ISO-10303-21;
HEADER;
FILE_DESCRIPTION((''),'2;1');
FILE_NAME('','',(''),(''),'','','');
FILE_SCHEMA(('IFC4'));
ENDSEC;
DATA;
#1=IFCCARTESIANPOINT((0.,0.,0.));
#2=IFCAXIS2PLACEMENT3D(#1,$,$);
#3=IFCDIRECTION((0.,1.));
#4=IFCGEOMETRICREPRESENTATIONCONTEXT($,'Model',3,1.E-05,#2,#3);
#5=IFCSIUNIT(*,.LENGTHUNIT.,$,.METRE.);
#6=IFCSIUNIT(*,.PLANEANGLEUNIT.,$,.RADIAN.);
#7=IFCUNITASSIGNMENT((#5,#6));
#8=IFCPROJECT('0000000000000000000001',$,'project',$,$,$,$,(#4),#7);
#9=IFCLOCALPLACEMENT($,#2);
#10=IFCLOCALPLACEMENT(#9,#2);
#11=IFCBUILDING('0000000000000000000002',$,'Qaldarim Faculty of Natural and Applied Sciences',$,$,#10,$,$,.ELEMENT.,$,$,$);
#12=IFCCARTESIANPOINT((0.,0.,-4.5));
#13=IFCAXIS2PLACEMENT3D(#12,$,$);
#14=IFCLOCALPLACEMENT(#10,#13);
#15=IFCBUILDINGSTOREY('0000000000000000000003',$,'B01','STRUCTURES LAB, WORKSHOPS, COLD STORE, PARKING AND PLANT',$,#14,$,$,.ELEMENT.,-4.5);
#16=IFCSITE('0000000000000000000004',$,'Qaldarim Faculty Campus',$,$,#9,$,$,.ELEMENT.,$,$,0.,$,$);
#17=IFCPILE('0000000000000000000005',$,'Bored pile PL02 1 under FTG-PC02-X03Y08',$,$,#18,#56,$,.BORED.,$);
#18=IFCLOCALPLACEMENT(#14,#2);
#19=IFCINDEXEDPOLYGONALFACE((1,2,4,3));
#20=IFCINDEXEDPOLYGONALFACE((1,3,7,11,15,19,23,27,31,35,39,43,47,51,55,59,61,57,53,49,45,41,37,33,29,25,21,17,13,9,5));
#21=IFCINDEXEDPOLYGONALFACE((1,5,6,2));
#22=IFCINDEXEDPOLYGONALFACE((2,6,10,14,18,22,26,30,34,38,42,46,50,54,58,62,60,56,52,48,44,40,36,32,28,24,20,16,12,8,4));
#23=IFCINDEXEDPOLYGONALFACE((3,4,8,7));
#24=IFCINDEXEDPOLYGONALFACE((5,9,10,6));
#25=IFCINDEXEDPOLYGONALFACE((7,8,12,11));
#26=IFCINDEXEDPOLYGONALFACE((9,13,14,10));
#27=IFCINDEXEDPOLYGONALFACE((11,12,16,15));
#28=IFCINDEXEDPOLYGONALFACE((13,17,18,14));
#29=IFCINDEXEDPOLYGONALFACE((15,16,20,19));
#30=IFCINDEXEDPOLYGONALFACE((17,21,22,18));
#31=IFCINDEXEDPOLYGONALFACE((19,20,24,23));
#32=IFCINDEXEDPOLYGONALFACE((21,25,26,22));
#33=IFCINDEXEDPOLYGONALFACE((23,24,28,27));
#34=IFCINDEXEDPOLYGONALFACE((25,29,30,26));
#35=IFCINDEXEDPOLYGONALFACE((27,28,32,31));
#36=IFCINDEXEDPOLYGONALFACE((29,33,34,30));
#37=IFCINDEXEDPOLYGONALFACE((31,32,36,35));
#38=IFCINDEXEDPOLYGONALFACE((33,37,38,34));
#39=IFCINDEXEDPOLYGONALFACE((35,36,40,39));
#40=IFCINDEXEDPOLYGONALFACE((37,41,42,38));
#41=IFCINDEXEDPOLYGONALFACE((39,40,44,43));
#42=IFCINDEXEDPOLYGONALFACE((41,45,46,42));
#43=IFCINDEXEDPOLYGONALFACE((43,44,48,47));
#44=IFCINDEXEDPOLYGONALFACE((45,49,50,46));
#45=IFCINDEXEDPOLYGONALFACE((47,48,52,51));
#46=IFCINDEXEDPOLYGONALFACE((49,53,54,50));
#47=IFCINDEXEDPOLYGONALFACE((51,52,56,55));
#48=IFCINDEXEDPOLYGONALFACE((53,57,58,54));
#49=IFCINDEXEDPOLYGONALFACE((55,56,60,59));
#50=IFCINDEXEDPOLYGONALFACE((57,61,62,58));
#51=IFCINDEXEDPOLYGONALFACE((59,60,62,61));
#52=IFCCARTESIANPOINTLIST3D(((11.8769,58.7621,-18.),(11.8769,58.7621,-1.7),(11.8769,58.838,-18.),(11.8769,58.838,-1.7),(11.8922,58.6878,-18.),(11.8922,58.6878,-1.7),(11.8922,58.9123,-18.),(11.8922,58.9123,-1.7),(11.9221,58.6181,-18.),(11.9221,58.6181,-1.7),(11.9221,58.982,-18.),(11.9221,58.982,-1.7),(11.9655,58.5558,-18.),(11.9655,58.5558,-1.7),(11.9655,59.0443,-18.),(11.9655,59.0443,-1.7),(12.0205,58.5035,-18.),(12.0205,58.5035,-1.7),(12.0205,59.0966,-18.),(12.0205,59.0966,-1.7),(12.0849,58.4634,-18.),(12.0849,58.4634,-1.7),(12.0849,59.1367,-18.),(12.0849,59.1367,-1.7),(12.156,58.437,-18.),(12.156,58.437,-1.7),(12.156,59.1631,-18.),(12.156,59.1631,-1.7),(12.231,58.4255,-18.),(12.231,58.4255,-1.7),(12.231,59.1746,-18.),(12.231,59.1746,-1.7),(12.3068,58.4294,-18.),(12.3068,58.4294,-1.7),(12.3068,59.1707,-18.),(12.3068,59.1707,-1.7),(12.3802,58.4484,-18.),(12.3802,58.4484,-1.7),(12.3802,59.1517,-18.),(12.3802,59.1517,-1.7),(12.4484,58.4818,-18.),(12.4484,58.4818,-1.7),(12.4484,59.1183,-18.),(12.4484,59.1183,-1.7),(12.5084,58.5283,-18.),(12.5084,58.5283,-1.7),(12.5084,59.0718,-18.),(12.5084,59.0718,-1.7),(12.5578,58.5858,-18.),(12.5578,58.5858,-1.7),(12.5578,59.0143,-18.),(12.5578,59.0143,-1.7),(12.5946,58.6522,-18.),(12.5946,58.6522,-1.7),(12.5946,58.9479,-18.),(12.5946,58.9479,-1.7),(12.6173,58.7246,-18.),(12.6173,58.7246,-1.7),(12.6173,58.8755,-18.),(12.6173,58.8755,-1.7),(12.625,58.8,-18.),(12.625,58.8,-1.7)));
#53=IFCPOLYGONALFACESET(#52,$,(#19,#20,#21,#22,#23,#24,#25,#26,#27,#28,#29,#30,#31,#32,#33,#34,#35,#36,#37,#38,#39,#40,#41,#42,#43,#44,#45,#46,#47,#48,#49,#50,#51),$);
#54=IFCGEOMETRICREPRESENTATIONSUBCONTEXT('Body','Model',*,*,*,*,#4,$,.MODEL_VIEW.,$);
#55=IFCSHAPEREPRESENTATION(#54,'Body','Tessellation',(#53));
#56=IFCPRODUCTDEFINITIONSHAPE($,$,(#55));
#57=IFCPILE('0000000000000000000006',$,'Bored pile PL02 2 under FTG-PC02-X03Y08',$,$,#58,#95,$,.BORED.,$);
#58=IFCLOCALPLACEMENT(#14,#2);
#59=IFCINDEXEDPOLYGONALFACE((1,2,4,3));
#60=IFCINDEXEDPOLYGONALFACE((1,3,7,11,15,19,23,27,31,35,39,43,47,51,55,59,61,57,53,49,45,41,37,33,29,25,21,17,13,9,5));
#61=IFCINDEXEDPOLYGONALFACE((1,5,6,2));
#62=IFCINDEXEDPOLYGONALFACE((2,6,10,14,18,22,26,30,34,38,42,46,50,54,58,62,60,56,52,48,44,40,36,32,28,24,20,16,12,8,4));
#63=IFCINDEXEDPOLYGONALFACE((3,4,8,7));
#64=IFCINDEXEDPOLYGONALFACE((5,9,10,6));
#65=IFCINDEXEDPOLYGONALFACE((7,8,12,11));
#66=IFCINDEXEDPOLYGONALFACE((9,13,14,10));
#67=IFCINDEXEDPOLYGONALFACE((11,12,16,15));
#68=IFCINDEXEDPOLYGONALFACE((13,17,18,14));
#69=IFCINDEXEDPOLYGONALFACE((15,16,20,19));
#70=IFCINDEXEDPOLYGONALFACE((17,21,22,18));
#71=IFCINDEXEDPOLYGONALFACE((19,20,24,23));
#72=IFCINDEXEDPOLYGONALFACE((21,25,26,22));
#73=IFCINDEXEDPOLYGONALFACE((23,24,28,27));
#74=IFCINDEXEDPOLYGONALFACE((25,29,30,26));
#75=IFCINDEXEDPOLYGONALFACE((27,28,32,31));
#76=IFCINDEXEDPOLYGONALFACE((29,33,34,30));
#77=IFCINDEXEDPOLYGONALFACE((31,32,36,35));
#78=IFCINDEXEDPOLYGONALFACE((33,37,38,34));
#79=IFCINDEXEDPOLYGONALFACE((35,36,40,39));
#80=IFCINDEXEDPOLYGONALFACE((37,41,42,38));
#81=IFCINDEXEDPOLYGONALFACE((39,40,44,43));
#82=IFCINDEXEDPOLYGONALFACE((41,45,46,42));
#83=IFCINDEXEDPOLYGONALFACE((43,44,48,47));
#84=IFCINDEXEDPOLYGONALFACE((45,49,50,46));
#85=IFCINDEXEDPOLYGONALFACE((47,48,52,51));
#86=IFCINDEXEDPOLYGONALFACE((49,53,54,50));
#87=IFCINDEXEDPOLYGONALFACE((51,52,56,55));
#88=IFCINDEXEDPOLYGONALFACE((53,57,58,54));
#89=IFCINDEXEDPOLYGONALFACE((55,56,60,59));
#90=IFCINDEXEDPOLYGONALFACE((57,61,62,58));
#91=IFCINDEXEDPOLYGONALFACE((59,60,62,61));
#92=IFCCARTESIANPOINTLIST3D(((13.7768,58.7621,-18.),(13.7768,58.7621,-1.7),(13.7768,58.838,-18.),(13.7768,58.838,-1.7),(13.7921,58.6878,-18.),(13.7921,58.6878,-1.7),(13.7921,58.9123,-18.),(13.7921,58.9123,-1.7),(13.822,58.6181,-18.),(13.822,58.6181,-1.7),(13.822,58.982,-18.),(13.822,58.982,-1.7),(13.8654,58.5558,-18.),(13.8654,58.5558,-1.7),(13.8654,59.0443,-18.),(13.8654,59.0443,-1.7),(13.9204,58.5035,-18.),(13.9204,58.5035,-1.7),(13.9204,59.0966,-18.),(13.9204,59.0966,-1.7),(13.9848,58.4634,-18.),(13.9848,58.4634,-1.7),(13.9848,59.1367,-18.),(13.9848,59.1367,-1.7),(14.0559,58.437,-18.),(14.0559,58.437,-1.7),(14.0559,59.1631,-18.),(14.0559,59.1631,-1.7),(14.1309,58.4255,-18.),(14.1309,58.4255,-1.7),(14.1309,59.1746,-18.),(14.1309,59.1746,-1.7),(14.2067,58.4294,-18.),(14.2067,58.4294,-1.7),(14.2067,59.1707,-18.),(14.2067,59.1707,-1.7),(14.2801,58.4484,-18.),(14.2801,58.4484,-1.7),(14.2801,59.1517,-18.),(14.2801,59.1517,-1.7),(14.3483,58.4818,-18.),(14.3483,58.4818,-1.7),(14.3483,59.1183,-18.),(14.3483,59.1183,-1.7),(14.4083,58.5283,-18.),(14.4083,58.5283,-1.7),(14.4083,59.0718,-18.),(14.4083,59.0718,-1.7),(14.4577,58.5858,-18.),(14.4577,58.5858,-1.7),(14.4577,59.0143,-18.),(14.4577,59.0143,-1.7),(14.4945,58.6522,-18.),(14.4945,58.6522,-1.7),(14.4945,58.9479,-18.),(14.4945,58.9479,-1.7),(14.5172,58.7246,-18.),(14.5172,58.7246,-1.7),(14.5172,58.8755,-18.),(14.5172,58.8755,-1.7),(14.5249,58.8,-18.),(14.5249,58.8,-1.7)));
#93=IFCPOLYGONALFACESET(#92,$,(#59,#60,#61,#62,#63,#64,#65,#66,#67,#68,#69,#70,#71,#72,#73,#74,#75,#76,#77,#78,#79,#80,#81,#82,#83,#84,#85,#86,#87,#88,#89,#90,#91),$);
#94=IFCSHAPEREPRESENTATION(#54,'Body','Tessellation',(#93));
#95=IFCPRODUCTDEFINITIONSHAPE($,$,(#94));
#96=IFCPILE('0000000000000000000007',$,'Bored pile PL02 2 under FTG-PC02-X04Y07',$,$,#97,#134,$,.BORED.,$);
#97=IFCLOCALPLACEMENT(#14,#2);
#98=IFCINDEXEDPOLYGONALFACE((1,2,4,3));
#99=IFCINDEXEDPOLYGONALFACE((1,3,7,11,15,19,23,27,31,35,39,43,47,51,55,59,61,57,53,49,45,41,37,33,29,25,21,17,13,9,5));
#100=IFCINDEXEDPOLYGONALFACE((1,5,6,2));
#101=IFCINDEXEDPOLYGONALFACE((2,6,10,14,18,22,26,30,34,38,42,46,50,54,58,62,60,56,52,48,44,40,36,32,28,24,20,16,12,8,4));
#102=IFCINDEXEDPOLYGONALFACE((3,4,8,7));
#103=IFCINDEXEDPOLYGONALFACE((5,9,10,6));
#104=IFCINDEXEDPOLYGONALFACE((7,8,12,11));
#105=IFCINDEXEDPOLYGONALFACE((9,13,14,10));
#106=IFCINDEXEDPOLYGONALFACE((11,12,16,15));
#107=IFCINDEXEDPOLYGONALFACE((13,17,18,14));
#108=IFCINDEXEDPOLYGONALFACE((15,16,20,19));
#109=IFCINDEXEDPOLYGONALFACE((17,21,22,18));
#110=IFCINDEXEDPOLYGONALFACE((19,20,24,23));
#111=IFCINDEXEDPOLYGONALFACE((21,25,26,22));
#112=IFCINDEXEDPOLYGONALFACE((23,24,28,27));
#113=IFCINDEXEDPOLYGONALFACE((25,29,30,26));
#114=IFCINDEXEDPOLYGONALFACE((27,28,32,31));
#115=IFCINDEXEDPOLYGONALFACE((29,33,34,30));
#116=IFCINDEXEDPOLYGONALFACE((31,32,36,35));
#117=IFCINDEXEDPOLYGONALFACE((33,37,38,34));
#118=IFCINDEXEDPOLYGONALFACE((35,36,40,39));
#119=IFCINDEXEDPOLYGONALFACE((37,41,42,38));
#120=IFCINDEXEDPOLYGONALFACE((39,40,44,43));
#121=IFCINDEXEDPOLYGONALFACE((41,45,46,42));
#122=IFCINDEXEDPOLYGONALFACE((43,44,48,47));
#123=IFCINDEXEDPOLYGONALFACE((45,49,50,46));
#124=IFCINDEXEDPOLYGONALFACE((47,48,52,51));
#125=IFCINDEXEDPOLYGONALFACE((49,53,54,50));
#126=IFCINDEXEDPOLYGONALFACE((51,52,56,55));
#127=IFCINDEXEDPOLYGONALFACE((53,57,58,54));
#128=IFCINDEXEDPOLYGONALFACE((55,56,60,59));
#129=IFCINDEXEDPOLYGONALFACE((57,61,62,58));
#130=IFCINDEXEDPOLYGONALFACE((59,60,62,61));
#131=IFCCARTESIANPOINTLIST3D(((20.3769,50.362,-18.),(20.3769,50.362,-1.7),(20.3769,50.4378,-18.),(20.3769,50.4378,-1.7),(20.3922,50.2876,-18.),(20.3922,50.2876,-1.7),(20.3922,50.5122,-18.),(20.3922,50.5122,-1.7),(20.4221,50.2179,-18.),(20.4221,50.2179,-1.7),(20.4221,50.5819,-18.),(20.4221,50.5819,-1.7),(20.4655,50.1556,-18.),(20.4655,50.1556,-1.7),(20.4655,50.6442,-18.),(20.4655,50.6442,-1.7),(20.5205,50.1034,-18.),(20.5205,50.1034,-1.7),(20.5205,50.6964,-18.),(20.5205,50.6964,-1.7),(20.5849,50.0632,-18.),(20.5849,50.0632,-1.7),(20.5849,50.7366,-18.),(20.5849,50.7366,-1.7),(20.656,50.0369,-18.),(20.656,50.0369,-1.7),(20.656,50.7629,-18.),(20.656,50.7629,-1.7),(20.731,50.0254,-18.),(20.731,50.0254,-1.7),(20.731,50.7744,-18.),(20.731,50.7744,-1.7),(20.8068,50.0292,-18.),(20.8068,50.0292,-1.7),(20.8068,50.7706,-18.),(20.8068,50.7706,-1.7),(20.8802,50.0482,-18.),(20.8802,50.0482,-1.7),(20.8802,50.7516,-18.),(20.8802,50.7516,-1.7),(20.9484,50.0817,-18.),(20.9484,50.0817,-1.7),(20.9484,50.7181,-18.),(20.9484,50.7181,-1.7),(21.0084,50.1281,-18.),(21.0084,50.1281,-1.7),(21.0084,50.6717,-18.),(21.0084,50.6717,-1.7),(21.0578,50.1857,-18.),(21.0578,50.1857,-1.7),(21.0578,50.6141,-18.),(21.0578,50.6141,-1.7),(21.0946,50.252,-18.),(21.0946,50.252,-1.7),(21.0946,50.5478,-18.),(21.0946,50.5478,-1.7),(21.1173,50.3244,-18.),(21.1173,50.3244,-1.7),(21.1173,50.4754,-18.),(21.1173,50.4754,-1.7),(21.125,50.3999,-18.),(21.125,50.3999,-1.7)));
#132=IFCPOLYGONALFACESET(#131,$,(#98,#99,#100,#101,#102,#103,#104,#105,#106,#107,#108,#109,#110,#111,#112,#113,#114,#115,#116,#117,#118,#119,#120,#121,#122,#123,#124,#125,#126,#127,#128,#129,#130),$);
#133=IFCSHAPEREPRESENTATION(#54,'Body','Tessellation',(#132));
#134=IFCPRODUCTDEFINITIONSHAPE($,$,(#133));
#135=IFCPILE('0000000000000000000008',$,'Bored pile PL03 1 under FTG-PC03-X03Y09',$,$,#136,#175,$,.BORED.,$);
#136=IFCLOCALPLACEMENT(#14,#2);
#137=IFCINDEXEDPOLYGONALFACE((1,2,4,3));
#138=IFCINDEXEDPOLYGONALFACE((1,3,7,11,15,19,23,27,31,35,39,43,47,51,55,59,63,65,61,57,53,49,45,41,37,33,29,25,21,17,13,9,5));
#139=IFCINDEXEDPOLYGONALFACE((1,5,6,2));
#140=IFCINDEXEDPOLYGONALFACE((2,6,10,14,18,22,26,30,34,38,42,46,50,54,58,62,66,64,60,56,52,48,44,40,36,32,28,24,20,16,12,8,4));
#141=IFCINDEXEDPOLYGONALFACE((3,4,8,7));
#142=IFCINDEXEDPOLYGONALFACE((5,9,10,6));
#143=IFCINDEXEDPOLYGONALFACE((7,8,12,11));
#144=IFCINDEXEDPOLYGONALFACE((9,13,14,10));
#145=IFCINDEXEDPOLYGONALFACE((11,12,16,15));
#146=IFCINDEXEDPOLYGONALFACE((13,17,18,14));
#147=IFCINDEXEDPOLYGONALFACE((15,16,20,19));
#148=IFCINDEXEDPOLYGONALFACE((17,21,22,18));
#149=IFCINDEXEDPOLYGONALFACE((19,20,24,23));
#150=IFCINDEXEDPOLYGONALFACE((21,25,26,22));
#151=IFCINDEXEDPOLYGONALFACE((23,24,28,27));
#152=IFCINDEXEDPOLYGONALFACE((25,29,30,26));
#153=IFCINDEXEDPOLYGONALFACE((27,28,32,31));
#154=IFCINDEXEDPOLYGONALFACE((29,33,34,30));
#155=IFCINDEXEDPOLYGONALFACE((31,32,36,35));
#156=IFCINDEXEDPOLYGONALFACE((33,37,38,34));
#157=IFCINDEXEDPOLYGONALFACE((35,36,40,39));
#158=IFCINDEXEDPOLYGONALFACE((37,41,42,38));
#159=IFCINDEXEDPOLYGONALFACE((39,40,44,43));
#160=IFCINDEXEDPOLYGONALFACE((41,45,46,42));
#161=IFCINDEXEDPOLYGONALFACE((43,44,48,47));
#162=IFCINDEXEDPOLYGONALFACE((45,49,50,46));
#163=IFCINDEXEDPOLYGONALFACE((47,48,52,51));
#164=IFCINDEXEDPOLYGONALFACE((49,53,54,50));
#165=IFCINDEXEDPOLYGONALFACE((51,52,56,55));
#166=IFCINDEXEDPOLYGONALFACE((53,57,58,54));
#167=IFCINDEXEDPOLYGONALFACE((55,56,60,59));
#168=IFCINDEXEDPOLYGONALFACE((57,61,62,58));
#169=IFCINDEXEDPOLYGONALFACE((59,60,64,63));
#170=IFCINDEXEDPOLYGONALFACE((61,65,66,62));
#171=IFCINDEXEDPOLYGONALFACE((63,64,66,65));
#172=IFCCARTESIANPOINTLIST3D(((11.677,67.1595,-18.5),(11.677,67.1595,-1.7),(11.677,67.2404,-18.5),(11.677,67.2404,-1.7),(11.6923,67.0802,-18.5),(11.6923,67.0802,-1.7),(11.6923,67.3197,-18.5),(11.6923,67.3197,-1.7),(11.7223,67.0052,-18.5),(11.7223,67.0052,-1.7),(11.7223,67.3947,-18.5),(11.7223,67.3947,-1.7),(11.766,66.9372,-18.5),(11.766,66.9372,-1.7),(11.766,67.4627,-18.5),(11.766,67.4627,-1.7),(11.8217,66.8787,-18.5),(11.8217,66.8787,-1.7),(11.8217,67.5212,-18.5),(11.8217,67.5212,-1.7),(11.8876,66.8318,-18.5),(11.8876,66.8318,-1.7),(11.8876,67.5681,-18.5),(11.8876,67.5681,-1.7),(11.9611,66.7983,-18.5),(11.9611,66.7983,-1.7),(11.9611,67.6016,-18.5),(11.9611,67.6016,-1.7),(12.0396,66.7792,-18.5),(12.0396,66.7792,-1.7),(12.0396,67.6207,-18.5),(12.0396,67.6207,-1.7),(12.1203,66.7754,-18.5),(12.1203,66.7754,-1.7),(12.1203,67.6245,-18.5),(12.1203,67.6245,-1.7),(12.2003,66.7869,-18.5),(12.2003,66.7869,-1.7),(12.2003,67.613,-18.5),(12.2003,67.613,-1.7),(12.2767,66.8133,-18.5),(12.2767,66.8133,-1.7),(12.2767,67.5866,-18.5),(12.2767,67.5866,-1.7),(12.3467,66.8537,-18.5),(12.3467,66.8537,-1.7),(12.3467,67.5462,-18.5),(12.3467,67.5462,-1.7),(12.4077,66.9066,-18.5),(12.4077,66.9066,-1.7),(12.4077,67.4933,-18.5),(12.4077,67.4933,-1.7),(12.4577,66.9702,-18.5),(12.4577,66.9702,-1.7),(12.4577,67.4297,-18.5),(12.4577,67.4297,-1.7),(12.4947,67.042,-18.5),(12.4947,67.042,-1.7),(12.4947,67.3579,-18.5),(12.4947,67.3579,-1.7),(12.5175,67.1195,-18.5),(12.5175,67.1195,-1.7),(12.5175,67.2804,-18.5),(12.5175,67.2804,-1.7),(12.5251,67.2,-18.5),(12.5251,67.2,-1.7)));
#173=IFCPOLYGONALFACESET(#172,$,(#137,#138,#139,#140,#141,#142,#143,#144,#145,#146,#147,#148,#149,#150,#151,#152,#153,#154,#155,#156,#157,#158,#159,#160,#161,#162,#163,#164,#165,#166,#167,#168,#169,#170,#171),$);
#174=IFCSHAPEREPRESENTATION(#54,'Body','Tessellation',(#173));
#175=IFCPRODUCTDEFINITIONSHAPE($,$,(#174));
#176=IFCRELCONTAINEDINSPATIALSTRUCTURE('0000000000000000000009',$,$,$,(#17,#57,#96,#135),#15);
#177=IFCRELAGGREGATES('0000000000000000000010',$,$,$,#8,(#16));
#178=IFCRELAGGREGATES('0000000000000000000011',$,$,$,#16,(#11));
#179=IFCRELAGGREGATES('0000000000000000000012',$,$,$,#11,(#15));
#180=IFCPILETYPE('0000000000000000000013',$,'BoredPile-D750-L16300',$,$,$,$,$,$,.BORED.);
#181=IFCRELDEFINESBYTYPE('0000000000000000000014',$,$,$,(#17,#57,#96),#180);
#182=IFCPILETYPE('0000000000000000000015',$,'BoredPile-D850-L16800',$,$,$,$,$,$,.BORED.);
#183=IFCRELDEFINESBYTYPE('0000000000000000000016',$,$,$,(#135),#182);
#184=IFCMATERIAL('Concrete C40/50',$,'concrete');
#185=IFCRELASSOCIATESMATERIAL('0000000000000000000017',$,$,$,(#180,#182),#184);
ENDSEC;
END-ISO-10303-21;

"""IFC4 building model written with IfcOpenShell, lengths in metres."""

from ifc_helpers import new_model, si_unit, direction, frame, origin, origin_2d, place, context, subcontext, project, spatial, circle, extrude, material, material_profile, profile_set, type_object, element, save


model = new_model("IFC4")

# Units and contexts
model_context = context("Model", 3, precision=1e-05, world=origin(), true_north=direction((0.0, 1.0)))
body_context = subcontext(model_context, "Body", "Model", "MODEL_VIEW")
ifc_project = project(units=[si_unit("LENGTHUNIT", "METRE"), si_unit("PLANEANGLEUNIT", "RADIAN")], contexts=[model_context])

# Site, building, storey
site_placement = place(None, origin())
site = spatial("IfcSite", under=ifc_project, at=site_placement, Name="Qaldarim Faculty Campus", CompositionType="ELEMENT", RefElevation=0.0)
building_placement = place(site_placement, origin())
building = spatial("IfcBuilding", under=site, at=building_placement, Name="Qaldarim Faculty of Natural and Applied Sciences", CompositionType="ELEMENT")
storey_placement = place(building_placement, frame((0.0, 0.0, -4.5)))
storey = spatial("IfcBuildingStorey", under=building, at=storey_placement, Name="B01", Description="STRUCTURES LAB, WORKSHOPS, COLD STORE, PARKING AND PLANT", CompositionType="ELEMENT", Elevation=-4.5)

# Piles
ifc_material_1 = material(Name="Concrete C40/50", Category="concrete")
ifc_material_profile_1 = material_profile(ifc_material_1, circle(Radius=0.375, at=origin_2d()), Name="PILE-D750")
ifc_profile_set_1 = profile_set([ifc_material_profile_1], Name="Concrete C40/50")
pile_type_1 = type_object("IfcPileType", Name="BoredPile-D750-L16300", PredefinedType="BORED", material=ifc_profile_set_1)
for number, where, z_axis, x_axis, name in (
    (1, (12.25, 58.8, -1.7), (0.0, 0.0, -1.0), (1.0, 0.0, 0.0), "Bored pile PL02 1 under FTG-PC02-X03Y08"),
    (2, (14.1499, 58.8, -1.7), (0.0, 0.0, -1.0), (1.0, 0.0, 0.0), "Bored pile PL02 2 under FTG-PC02-X03Y08"),
    (3, (20.75, 50.3999, -1.7), (0.0, 0.0, -1.0), (1.0, 0.0, 0.0), "Bored pile PL02 2 under FTG-PC02-X04Y07"),
):
    element("IfcPile", number, at=place(storey_placement, frame(where, z_axis=z_axis, x_axis=x_axis)), inside=storey, type_object=pile_type_1, Name=name, PredefinedType="BORED", context=body_context, shape_type="SweptSolid", body=[
        extrude(circle(Radius=0.375, at=origin_2d()), origin(), (0.0, 0.0, 1.0), 16.3),
    ])
ifc_material_profile_2 = material_profile(ifc_material_1, circle(Radius=0.425, at=origin_2d()), Name="PILE-D850")
ifc_profile_set_2 = profile_set([ifc_material_profile_2], Name="Concrete C40/50")
pile_type_2 = type_object("IfcPileType", Name="BoredPile-D850-L16800", PredefinedType="BORED", material=ifc_profile_set_2)
for number, where, z_axis, x_axis, name in (
    (4, (12.1001, 67.2, -1.7), (0.0, 0.0, -1.0), (1.0, 0.0, 0.0), "Bored pile PL03 1 under FTG-PC03-X03Y09"),
):
    element("IfcPile", number, at=place(storey_placement, frame(where, z_axis=z_axis, x_axis=x_axis)), inside=storey, type_object=pile_type_2, Name=name, PredefinedType="BORED", context=body_context, shape_type="SweptSolid", body=[
        extrude(circle(Radius=0.425, at=origin_2d()), origin(), (0.0, 0.0, 1.0), 16.8),
    ])

save(model, "model.ifc")
